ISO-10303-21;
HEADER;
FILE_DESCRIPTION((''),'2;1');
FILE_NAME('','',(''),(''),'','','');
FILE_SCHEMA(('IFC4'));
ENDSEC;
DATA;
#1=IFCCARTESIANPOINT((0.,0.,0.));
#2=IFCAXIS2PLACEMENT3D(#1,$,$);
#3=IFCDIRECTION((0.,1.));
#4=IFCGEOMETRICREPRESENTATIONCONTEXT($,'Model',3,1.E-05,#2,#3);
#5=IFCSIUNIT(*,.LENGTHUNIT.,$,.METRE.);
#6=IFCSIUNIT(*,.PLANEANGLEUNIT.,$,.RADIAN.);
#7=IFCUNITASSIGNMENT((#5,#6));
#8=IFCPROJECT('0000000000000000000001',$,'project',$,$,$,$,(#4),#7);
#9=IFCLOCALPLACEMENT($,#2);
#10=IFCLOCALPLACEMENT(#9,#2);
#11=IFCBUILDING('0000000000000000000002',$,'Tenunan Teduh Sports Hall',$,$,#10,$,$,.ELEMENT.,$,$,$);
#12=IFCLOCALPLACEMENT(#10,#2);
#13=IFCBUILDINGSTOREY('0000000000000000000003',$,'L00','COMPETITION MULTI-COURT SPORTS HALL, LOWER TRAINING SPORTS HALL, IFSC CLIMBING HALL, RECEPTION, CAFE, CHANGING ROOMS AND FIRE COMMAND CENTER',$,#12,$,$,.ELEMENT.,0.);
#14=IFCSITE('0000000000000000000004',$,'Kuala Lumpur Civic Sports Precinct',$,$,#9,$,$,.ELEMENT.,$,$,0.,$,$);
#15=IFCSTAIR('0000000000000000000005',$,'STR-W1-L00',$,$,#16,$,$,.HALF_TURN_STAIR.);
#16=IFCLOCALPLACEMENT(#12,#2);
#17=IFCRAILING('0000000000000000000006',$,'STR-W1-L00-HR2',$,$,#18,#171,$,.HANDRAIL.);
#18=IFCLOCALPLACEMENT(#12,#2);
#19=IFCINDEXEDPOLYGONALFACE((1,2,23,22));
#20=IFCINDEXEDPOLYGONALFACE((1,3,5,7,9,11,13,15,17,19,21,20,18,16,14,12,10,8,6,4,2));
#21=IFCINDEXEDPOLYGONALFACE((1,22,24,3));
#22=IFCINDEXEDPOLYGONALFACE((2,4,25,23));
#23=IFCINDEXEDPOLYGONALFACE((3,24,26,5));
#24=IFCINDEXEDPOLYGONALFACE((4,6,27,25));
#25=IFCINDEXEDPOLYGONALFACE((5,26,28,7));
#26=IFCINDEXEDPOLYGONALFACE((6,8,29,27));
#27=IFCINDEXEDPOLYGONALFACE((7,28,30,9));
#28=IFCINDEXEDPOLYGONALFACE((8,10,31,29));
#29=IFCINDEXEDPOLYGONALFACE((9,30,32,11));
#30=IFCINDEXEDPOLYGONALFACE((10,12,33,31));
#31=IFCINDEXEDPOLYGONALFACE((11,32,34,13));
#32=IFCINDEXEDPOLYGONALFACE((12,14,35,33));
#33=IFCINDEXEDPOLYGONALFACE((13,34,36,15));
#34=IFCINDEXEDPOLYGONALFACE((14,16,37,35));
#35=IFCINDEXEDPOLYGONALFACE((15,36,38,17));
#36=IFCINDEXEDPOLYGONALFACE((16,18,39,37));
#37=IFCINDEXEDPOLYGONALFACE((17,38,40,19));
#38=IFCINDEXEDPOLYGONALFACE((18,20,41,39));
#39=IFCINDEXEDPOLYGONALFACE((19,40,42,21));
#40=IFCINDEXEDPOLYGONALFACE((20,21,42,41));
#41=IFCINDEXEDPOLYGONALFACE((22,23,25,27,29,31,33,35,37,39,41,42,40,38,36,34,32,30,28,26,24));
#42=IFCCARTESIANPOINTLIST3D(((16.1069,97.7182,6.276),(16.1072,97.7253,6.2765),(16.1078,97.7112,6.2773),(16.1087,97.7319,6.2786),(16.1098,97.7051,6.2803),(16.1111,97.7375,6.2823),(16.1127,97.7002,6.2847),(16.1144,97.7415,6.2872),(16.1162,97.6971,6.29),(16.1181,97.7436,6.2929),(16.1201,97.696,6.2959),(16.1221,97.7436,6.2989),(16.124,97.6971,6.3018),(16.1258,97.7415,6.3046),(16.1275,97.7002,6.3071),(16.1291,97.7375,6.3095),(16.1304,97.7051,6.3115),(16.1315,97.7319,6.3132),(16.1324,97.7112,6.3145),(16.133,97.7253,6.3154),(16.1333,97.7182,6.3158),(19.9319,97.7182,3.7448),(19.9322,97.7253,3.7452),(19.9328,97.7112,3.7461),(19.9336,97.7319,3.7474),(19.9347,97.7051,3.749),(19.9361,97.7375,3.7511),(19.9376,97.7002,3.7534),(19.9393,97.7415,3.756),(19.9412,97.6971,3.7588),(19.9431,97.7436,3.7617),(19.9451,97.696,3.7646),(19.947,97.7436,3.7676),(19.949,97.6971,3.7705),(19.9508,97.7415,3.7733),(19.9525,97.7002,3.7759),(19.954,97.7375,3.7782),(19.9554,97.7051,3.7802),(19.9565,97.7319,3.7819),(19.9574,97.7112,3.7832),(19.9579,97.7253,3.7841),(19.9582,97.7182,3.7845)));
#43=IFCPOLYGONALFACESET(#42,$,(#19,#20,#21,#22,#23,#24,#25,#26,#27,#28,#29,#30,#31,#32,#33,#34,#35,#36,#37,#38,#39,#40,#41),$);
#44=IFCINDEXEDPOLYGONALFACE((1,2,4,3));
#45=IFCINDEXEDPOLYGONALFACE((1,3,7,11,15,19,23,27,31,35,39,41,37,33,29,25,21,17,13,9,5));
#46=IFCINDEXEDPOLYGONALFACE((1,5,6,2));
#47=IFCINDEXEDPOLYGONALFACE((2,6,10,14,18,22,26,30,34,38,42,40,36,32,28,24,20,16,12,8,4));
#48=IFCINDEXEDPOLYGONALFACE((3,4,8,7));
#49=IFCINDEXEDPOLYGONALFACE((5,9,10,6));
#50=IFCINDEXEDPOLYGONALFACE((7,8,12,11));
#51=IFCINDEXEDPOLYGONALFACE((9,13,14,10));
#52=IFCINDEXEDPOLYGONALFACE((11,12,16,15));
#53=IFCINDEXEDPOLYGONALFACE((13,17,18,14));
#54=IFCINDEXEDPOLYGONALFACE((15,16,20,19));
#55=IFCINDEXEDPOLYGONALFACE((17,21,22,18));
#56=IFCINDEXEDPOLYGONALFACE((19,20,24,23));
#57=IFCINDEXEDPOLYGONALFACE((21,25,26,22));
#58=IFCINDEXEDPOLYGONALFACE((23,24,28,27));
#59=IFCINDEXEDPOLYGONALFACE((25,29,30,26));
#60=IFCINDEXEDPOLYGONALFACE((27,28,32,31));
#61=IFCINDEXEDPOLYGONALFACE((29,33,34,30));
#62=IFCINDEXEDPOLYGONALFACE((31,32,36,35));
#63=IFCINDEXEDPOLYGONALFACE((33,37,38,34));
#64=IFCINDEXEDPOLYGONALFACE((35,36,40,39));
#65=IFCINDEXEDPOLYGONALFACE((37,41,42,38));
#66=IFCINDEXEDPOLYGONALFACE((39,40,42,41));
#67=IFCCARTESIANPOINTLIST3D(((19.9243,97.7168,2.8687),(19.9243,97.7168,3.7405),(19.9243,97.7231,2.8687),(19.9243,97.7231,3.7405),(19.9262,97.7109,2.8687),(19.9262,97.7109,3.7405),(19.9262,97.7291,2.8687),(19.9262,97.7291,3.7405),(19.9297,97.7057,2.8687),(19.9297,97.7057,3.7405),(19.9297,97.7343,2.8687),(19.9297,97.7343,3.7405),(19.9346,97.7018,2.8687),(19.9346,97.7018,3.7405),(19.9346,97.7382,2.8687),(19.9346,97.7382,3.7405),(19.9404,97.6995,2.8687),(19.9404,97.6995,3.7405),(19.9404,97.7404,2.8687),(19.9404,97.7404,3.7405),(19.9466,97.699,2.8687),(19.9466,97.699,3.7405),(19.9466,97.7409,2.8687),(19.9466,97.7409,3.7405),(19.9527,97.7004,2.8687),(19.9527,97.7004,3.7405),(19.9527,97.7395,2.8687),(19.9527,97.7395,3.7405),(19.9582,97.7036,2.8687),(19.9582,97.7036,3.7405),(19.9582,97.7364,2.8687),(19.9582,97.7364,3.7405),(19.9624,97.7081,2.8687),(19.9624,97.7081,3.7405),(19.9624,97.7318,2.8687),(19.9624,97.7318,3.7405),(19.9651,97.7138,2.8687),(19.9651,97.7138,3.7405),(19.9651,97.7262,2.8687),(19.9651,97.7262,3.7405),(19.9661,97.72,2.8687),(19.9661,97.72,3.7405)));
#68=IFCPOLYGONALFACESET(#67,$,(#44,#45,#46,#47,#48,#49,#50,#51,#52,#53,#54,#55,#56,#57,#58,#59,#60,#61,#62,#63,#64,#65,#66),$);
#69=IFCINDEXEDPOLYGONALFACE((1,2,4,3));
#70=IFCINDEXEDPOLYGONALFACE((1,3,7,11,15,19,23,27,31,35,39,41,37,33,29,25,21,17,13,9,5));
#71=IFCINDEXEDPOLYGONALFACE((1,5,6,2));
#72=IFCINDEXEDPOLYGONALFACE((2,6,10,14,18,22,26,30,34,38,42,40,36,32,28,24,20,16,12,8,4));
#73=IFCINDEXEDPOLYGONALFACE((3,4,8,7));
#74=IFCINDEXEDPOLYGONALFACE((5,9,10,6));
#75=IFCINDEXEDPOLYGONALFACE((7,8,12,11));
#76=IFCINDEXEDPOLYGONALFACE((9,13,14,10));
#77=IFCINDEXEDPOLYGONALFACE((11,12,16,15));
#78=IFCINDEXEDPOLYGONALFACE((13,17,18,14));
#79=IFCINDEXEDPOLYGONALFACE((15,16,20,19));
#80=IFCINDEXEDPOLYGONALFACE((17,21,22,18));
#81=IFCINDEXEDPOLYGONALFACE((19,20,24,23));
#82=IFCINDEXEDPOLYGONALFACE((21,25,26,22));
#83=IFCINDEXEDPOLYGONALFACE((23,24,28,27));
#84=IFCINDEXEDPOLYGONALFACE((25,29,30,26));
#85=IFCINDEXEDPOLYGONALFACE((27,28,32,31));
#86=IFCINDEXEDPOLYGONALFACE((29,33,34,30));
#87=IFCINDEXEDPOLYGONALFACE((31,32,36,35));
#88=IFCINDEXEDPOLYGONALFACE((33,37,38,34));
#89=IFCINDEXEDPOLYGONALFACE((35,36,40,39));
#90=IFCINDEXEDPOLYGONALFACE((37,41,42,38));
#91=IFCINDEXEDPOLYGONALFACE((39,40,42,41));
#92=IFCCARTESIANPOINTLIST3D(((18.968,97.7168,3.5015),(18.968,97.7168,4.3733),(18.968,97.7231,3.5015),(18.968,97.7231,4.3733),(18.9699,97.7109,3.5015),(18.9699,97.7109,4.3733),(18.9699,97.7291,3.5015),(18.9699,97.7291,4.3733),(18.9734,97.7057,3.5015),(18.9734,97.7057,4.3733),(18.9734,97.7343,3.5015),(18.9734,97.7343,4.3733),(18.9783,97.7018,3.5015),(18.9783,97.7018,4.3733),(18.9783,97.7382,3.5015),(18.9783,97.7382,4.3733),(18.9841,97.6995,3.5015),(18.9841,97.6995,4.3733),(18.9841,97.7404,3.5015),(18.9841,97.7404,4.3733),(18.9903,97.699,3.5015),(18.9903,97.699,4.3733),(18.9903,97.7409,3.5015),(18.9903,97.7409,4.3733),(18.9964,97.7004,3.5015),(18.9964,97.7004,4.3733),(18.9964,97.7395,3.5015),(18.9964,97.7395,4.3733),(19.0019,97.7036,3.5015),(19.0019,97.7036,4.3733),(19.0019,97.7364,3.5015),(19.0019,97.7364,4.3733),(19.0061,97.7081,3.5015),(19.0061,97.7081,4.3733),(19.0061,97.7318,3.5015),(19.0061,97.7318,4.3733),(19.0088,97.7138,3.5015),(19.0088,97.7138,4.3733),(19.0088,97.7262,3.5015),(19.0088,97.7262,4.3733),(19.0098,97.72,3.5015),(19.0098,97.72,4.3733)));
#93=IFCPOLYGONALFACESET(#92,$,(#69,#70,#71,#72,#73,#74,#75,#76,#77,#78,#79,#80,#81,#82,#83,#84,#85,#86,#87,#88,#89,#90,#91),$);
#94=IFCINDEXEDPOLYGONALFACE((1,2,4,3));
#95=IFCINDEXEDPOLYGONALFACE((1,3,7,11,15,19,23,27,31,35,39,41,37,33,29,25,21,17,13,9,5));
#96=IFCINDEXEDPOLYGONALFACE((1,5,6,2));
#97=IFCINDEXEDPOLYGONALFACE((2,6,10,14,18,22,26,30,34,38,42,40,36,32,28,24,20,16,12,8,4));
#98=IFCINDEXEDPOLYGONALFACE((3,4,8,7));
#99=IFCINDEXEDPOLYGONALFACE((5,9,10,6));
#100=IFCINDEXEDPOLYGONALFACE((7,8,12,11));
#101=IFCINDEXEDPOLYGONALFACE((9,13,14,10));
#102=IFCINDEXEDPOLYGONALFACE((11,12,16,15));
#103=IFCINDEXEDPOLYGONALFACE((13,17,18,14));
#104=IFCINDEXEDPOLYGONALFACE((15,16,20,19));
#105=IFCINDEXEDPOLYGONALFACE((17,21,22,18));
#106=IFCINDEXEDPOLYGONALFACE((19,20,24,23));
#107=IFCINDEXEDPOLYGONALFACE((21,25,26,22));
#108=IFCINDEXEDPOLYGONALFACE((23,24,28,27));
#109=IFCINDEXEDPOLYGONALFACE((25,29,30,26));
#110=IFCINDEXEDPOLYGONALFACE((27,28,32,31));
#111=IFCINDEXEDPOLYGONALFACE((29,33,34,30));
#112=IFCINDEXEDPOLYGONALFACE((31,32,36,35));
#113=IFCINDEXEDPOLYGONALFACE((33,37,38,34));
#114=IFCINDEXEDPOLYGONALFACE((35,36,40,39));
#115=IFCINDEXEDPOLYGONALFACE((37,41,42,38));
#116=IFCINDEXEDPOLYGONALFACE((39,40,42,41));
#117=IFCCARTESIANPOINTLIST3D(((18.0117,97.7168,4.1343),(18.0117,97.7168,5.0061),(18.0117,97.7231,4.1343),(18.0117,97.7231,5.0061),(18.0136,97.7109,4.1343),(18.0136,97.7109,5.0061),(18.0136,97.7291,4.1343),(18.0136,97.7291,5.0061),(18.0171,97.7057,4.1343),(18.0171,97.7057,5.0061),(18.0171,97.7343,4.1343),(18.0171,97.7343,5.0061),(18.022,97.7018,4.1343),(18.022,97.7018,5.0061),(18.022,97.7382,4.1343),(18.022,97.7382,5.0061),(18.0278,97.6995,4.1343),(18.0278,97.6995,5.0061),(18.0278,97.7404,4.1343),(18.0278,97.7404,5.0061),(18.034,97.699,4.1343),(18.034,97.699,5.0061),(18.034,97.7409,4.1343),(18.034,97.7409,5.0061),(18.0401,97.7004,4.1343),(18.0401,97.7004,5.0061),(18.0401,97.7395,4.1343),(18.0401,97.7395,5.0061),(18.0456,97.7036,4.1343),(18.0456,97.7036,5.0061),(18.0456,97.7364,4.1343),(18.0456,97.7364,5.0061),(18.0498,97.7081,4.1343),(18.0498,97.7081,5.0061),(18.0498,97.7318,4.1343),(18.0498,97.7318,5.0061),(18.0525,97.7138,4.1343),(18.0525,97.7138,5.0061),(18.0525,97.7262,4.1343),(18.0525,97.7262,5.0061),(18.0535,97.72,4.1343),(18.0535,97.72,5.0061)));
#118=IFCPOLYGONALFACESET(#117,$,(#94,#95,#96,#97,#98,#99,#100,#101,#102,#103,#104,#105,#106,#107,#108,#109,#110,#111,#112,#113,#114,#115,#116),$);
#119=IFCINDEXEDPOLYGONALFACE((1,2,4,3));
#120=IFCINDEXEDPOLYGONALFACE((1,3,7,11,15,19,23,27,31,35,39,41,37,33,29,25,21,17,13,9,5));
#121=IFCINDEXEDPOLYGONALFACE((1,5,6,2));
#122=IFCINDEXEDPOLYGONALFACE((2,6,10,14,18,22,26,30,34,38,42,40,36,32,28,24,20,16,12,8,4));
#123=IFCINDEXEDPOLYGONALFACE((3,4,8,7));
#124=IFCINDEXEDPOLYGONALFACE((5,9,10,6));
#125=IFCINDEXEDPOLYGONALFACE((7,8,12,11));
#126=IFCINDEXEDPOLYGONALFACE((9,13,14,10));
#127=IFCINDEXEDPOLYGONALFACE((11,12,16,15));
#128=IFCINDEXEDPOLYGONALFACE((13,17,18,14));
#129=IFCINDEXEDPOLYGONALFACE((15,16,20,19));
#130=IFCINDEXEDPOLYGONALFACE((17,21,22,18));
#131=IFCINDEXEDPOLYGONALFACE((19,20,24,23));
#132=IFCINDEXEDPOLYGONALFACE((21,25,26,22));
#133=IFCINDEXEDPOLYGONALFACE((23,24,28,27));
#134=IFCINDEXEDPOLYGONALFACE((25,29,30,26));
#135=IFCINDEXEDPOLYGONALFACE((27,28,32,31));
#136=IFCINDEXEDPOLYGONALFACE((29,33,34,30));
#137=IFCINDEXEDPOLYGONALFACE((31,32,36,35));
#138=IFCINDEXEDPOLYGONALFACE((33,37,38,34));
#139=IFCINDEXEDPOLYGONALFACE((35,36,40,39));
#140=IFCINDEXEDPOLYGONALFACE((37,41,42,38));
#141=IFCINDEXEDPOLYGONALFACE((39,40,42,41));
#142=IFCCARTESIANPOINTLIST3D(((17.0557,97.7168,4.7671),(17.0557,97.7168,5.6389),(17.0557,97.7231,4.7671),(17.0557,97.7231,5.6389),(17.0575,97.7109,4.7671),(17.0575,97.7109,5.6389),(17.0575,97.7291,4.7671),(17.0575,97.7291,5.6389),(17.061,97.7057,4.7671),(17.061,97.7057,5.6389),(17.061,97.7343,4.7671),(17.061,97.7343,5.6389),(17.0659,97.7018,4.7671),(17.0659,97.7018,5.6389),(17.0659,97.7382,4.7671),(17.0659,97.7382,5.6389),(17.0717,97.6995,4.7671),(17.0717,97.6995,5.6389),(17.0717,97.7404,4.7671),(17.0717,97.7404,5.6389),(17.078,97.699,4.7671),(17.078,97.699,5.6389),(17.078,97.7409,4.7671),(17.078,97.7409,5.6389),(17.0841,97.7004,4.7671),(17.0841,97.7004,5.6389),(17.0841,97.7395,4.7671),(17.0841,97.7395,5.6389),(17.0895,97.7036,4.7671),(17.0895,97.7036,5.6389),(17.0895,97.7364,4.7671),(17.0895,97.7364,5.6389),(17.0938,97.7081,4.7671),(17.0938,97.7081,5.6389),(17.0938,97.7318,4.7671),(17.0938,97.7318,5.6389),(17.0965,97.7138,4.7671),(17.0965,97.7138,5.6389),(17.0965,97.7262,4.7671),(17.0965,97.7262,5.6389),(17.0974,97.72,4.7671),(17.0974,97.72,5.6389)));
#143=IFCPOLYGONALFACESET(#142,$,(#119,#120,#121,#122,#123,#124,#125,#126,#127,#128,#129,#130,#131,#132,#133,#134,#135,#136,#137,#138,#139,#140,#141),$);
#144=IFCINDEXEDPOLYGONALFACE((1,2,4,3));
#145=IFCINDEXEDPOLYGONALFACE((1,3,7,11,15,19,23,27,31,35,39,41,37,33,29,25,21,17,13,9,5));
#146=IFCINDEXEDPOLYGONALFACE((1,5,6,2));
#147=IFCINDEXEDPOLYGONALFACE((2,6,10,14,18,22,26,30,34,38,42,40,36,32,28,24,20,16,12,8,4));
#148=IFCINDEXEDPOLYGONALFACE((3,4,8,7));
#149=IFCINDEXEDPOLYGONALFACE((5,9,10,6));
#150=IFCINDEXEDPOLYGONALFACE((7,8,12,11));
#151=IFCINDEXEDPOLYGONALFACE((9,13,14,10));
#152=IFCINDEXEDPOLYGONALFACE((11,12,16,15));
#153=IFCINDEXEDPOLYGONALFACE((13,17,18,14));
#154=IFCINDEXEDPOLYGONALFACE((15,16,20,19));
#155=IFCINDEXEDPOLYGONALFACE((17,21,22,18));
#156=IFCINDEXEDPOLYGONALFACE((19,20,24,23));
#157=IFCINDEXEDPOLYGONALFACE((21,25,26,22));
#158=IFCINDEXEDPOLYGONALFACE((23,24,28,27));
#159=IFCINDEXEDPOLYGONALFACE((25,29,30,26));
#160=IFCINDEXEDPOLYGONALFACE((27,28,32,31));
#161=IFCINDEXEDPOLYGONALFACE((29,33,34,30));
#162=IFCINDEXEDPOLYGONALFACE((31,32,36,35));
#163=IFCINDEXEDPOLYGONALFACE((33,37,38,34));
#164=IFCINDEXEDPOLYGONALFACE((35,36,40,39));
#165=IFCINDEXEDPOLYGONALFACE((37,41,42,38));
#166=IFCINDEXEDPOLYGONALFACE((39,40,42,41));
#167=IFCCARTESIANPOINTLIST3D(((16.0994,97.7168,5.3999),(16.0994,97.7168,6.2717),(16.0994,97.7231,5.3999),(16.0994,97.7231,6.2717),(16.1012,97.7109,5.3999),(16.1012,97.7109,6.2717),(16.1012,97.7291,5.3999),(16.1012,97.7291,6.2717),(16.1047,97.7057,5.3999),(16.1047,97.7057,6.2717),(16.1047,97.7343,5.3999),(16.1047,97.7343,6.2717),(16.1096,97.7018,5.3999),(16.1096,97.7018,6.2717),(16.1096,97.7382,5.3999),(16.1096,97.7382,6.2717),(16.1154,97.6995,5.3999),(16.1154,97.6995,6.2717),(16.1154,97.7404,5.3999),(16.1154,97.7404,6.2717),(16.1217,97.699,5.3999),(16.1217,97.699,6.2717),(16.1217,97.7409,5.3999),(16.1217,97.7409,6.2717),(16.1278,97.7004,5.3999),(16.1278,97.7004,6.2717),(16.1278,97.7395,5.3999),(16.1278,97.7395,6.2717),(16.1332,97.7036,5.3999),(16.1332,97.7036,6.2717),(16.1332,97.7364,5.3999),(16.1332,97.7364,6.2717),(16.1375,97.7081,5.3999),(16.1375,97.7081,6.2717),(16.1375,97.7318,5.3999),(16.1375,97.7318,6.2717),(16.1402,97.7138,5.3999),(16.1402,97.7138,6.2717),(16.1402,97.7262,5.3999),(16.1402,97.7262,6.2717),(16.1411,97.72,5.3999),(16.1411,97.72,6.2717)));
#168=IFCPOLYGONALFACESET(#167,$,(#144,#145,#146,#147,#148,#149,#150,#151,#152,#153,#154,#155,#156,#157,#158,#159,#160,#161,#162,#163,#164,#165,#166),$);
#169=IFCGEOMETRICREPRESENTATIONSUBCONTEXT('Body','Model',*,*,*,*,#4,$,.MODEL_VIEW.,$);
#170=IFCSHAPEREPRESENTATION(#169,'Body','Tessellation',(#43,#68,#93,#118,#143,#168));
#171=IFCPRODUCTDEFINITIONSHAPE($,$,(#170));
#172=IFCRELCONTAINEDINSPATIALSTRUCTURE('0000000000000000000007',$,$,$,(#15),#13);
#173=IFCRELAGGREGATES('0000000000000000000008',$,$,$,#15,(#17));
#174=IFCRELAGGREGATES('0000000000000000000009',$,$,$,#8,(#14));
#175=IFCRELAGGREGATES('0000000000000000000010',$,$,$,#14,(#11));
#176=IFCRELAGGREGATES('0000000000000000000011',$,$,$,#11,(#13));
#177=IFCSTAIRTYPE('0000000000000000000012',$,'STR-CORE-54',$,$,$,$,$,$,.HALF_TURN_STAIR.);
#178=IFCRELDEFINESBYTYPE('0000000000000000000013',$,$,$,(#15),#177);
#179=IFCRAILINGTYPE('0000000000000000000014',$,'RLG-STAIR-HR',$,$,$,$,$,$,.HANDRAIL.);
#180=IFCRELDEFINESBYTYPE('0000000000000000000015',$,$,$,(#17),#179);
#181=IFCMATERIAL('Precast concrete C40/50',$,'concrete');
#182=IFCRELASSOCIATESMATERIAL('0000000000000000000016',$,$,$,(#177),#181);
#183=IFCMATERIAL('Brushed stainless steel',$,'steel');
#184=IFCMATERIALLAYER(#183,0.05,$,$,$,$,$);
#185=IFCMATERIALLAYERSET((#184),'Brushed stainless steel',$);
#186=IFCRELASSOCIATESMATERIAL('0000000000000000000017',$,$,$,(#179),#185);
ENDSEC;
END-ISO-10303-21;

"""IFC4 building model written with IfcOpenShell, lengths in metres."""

from ifc_helpers import new_model, si_unit, direction, frame, origin, origin_2d, place, context, subcontext, project, spatial, circle, extrude, material, layer, layer_set, type_object, element, aggregate, save


model = new_model("IFC4")

# Units and contexts
model_context = context("Model", 3, precision=1e-05, world=origin(), true_north=direction((0.0, 1.0)))
body_context = subcontext(model_context, "Body", "Model", "MODEL_VIEW")
ifc_project = project(units=[si_unit("LENGTHUNIT", "METRE"), si_unit("PLANEANGLEUNIT", "RADIAN")], contexts=[model_context])

# Site, building, storey
site_placement = place(None, origin())
site = spatial("IfcSite", under=ifc_project, at=site_placement, Name="Kuala Lumpur Civic Sports Precinct", CompositionType="ELEMENT", RefElevation=0.0)
building_placement = place(site_placement, origin())
building = spatial("IfcBuilding", under=site, at=building_placement, Name="Tenunan Teduh Sports Hall", CompositionType="ELEMENT")
storey_placement = place(building_placement, origin())
storey = spatial("IfcBuildingStorey", under=building, at=storey_placement, Name="L00", Description="COMPETITION MULTI-COURT SPORTS HALL, LOWER TRAINING SPORTS HALL, IFSC CLIMBING HALL, RECEPTION, CAFE, CHANGING ROOMS AND FIRE COMMAND CENTER", CompositionType="ELEMENT", Elevation=0.0)

# Stair
ifc_material_1 = material(Name="Precast concrete C40/50", Category="concrete")
stair_type = type_object("IfcStairType", Name="STR-CORE-54", PredefinedType="HALF_TURN_STAIR", material=ifc_material_1)
stair_placement = place(storey_placement, origin())
stair = element("IfcStair", 1, at=stair_placement, inside=storey, type_object=stair_type, Name="STR-W1-L00", PredefinedType="HALF_TURN_STAIR")

# Railing
ifc_material_2 = material(Name="Brushed stainless steel", Category="steel")
ifc_layer_1 = layer(ifc_material_2, 0.05)
ifc_layer_set_1 = layer_set([ifc_layer_1], Name="Brushed stainless steel")
railing_type_1 = type_object("IfcRailingType", Name="RLG-STAIR-HR", PredefinedType="HANDRAIL", material=ifc_layer_set_1)
railing_1_placement = place(storey_placement, frame((19.9451, 97.72, 2.8687)))
railing_1 = element("IfcRailing", 2, at=railing_1_placement, type_object=railing_type_1, Name="STR-W1-L00-HR2", PredefinedType="HANDRAIL", context=body_context, shape_type="SweptSolid", body=[
    extrude(circle(Radius=0.0239, at=origin_2d()), frame((0.0, 0.0, 0.896), z_axis=(-0.833929, 0.0, 0.551872), x_axis=(0.0, -1.0, 0.0)), (0.0, 0.0, 1.0), 4.5867),
    extrude(circle(Radius=0.021, at=origin_2d()), origin(), (0.0, 0.0, 1.0), 0.8718),
    extrude(circle(Radius=0.021, at=origin_2d()), frame((-0.9563, 0.0, 0.6328)), (0.0, 0.0, 1.0), 0.8718),
    extrude(circle(Radius=0.021, at=origin_2d()), frame((-1.9126, 0.0, 1.2656)), (0.0, 0.0, 1.0), 0.8718),
    extrude(circle(Radius=0.021, at=origin_2d()), frame((-2.8687, 0.0, 1.8984)), (0.0, 0.0, 1.0), 0.8718),
    extrude(circle(Radius=0.021, at=origin_2d()), frame((-3.825, 0.0, 2.5312)), (0.0, 0.0, 1.0), 0.8718),
])
aggregate(stair, [railing_1])

save(model, "model.ifc")
